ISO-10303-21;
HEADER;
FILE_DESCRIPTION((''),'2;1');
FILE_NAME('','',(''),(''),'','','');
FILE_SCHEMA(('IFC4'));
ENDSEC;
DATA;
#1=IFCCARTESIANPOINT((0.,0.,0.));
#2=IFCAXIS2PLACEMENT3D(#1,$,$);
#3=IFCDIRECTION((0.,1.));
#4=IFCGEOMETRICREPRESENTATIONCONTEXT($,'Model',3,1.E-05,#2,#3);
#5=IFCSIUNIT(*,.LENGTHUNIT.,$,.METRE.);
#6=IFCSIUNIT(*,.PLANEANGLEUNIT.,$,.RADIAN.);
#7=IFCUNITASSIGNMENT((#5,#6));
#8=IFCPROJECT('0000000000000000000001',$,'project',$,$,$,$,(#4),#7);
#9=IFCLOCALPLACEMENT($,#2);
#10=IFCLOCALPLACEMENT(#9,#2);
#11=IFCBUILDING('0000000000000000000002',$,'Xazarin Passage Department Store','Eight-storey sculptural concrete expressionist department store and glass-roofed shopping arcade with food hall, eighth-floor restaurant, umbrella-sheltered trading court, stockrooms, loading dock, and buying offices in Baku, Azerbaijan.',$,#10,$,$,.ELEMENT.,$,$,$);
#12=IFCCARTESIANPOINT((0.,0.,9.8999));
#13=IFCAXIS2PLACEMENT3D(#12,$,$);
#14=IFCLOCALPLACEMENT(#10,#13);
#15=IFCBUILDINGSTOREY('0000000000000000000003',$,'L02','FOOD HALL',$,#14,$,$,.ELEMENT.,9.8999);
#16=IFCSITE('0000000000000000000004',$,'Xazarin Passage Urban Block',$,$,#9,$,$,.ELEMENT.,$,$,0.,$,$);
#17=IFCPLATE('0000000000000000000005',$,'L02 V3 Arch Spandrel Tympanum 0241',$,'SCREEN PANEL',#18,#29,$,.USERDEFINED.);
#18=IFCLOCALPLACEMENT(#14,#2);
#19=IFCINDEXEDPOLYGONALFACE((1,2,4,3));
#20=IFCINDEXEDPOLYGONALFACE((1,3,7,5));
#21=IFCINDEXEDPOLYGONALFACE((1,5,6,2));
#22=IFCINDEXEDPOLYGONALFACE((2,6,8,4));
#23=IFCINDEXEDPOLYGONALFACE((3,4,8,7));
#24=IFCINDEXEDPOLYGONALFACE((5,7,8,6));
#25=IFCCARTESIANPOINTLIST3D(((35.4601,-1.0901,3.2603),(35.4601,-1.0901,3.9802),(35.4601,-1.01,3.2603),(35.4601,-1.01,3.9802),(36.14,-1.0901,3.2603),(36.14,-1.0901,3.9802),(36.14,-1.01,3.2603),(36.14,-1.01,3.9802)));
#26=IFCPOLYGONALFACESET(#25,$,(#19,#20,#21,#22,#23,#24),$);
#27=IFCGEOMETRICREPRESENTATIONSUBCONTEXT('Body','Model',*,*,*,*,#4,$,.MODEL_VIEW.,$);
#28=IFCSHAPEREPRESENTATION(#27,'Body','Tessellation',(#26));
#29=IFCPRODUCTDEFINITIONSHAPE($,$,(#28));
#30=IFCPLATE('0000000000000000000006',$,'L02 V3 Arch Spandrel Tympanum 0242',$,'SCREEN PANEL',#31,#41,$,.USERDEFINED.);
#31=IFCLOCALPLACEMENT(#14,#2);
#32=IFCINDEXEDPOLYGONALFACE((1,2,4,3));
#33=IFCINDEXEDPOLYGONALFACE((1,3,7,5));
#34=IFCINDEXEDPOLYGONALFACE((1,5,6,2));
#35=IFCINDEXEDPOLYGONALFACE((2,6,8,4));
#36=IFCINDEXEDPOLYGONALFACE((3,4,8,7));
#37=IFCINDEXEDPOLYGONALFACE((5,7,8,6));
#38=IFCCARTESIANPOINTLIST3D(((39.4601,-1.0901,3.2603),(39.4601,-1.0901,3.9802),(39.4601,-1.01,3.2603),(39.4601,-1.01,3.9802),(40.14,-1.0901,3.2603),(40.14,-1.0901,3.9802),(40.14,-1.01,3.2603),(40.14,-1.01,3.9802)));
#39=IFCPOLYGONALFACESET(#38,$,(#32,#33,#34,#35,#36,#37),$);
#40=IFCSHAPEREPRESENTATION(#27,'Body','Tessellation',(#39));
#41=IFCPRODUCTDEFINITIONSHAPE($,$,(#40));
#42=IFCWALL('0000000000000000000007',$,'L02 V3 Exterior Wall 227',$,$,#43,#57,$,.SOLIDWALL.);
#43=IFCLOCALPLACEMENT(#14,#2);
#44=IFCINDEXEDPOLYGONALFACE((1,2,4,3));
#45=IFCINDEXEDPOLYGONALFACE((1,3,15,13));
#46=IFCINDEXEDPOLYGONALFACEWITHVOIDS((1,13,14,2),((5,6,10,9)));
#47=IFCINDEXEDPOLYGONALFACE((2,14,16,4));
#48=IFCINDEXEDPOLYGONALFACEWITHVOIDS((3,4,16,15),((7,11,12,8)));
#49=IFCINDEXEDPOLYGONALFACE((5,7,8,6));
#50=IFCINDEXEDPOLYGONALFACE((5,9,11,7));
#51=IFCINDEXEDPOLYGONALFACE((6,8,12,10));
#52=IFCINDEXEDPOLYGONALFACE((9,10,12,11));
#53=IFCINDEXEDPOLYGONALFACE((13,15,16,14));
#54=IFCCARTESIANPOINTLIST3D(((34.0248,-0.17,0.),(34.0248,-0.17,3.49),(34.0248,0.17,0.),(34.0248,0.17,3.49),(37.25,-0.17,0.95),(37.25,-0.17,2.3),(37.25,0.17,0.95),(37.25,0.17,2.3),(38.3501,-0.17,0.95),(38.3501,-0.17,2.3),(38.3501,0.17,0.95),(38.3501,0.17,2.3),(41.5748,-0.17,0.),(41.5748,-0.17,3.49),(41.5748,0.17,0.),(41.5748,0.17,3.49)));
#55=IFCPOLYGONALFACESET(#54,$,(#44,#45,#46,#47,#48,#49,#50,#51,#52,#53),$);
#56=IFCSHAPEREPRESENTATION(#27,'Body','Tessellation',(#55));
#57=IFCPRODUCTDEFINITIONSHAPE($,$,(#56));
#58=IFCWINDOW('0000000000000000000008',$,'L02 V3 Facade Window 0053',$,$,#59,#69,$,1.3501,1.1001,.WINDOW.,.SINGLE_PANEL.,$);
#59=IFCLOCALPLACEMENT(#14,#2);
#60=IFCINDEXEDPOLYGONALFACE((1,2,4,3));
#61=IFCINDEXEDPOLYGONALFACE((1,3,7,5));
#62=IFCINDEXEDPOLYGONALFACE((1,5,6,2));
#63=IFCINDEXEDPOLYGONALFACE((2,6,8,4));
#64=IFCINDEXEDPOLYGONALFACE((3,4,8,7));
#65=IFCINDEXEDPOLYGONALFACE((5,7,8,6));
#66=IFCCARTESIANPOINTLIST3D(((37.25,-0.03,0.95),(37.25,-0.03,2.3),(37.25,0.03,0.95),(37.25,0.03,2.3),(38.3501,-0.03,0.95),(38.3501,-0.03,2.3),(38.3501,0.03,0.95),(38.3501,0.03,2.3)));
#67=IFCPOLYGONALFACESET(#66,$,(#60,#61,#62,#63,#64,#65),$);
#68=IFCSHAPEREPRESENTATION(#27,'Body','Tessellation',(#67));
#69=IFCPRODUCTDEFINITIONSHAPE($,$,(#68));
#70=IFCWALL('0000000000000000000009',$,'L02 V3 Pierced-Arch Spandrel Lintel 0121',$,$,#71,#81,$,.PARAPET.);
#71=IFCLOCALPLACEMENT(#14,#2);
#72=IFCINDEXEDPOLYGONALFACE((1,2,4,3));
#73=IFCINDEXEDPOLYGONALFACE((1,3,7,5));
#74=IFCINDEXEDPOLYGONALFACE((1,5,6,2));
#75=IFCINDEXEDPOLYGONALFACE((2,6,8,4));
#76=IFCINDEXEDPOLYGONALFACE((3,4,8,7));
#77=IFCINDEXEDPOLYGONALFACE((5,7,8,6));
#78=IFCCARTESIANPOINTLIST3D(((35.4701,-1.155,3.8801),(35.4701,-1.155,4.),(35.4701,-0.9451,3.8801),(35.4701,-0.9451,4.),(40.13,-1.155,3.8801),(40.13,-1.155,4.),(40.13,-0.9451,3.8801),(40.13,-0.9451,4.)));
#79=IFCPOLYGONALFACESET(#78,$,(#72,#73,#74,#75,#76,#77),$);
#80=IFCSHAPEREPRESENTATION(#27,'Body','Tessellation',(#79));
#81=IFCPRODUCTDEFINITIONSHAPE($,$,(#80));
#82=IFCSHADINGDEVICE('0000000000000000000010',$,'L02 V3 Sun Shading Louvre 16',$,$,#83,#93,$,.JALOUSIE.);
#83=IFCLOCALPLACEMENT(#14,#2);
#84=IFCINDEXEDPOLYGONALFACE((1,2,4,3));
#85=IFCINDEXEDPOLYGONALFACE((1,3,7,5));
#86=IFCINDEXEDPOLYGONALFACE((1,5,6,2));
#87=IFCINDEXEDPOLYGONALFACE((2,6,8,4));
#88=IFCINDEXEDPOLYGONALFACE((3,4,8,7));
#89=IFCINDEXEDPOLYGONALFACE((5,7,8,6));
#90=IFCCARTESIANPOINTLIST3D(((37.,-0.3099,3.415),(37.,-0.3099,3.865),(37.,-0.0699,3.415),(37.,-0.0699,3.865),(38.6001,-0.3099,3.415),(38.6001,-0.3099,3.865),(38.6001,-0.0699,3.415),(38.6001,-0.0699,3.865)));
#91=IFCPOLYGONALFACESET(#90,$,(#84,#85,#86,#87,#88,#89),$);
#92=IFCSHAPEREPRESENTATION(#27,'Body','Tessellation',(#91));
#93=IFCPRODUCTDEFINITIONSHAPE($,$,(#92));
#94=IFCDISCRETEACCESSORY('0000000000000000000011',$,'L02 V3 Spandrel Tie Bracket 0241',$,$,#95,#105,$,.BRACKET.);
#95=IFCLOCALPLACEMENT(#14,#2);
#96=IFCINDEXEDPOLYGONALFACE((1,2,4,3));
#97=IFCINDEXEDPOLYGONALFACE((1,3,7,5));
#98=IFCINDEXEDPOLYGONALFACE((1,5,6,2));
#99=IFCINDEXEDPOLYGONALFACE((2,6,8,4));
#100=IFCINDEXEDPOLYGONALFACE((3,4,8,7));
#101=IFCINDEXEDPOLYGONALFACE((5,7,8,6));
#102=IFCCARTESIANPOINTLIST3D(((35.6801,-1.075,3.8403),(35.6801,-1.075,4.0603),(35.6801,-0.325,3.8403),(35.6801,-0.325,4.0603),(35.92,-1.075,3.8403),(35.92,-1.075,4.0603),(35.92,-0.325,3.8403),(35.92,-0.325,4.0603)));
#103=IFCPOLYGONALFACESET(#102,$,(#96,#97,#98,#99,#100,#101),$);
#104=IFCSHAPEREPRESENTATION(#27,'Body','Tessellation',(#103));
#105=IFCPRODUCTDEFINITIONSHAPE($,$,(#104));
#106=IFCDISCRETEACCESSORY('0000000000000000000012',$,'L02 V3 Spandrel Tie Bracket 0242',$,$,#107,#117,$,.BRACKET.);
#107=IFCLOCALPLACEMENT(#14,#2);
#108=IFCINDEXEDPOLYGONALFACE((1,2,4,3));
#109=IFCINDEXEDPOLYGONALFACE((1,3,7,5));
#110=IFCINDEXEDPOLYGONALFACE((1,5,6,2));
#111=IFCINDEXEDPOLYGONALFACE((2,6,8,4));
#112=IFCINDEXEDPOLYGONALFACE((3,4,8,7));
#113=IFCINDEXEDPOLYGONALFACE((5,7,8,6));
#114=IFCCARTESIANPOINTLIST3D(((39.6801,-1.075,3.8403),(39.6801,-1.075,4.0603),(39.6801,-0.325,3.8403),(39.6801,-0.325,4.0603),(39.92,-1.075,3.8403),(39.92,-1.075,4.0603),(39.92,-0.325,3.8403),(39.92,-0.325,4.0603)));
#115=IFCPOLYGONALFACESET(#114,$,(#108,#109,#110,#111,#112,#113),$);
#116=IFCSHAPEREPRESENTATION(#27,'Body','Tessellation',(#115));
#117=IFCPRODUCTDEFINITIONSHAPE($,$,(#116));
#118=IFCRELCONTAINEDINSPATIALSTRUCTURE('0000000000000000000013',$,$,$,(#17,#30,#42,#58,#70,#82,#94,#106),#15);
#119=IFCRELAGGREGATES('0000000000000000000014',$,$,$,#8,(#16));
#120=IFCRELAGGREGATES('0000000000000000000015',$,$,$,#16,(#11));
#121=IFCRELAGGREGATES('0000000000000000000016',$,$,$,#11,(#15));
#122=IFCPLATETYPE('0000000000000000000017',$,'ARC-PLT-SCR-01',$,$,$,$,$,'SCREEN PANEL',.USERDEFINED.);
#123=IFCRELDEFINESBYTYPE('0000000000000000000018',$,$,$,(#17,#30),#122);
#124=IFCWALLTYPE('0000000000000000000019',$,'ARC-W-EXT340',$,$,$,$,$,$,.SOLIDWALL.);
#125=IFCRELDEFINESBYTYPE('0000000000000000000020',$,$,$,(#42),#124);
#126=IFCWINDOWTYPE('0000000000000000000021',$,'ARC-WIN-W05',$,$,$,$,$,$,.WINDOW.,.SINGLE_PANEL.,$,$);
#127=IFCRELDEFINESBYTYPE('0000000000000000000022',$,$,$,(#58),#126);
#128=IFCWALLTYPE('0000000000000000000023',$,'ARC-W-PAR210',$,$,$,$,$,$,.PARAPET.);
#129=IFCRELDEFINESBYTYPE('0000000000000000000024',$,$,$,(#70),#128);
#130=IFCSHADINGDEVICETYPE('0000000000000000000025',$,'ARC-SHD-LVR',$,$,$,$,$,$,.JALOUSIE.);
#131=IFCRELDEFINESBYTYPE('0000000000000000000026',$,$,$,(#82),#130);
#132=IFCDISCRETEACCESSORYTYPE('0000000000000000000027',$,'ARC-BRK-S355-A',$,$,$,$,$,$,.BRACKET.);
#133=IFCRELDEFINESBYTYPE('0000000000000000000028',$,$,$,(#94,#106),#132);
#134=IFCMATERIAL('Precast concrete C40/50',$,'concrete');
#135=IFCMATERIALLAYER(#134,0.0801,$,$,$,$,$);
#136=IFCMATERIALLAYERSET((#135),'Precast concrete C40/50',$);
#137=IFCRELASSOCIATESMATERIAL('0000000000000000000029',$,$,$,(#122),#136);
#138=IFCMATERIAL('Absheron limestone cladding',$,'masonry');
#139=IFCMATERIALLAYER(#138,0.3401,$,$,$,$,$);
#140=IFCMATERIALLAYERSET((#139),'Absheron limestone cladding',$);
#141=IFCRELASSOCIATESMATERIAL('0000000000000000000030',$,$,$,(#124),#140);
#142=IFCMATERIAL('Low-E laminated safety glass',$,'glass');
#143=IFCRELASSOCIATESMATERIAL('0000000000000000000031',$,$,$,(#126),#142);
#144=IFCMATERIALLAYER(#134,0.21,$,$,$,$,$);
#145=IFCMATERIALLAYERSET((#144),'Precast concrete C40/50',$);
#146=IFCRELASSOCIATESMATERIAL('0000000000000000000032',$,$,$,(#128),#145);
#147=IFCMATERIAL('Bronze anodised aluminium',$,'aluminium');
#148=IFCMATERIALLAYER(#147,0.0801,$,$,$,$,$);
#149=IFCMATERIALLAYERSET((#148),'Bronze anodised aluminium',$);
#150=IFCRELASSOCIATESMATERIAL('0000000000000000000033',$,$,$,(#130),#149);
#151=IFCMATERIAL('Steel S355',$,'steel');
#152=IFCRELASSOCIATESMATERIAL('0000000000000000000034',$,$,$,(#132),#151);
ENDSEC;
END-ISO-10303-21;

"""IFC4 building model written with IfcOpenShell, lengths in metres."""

from ifc_helpers import new_model, si_unit, direction, frame, frame_2d, origin, origin_2d, place, context, subcontext, project, spatial, rectangle, extrude, material, layer, layer_set, type_object, element, fill, save


model = new_model("IFC4")

# Units and contexts
model_context = context("Model", 3, precision=1e-05, world=origin(), true_north=direction((0.0, 1.0)))
body_context = subcontext(model_context, "Body", "Model", "MODEL_VIEW")
ifc_project = project(units=[si_unit("LENGTHUNIT", "METRE"), si_unit("PLANEANGLEUNIT", "RADIAN")], contexts=[model_context])

# Site, building, storey
site_placement = place(None, origin())
site = spatial("IfcSite", under=ifc_project, at=site_placement, Name="Xazarin Passage Urban Block", CompositionType="ELEMENT", RefElevation=0.0)
building_placement = place(site_placement, origin())
building = spatial("IfcBuilding", under=site, at=building_placement, Name="Xazarin Passage Department Store", Description="Eight-storey sculptural concrete expressionist department store and glass-roofed shopping arcade with food hall, eighth-floor restaurant, umbrella-sheltered trading court, stockrooms, loading dock, and buying offices in Baku, Azerbaijan.", CompositionType="ELEMENT")
storey_placement = place(building_placement, frame((0.0, 0.0, 9.8999)))
storey = spatial("IfcBuildingStorey", under=building, at=storey_placement, Name="L02", Description="FOOD HALL", CompositionType="ELEMENT", Elevation=9.8999)

# Plates
ifc_material_1 = material(Name="Precast concrete C40/50", Category="concrete")
ifc_layer_1 = layer(ifc_material_1, 0.0801)
ifc_layer_set_1 = layer_set([ifc_layer_1], Name="Precast concrete C40/50")
plate_type = type_object("IfcPlateType", Name="ARC-PLT-SCR-01", ElementType="SCREEN PANEL", PredefinedType="USERDEFINED", material=ifc_layer_set_1)
for number, where, z_axis, x_axis, name in (
    (1, (35.8, -1.05, 3.2603), (0.0, 0.0, 1.0), (1.0, 0.0, 0.0), "L02 V3 Arch Spandrel Tympanum 0241"),
    (2, (39.8, -1.05, 3.2603), (0.0, 0.0, 1.0), (1.0, 0.0, 0.0), "L02 V3 Arch Spandrel Tympanum 0242"),
):
    element("IfcPlate", number, at=place(storey_placement, frame(where, z_axis=z_axis, x_axis=x_axis)), inside=storey, type_object=plate_type, Name=name, ObjectType="SCREEN PANEL", PredefinedType="USERDEFINED", context=body_context, shape_type="SweptSolid", body=[
        extrude(rectangle(XDim=0.6799, YDim=0.0801, at=origin_2d()), origin(), (0.0, 0.0, 1.0), 0.72),
    ])

# Wall, opening, window
ifc_material_2 = material(Name="Absheron limestone cladding", Category="masonry")
ifc_layer_2 = layer(ifc_material_2, 0.3401)
ifc_layer_set_2 = layer_set([ifc_layer_2], Name="Absheron limestone cladding")
wall_type_1 = type_object("IfcWallType", Name="ARC-W-EXT340", PredefinedType="SOLIDWALL", material=ifc_layer_set_2)
wall_1_placement = place(storey_placement, frame((34.0249, 0.0, 0.0), z_axis=(0.0, 0.0, 1.0), x_axis=(1.0, 0.0, 0.0)))
wall_1 = element("IfcWall", 3, at=wall_1_placement, inside=storey, type_object=wall_type_1, Name="L02 V3 Exterior Wall 227", PredefinedType="SOLIDWALL", context=body_context, shape_type="SweptSolid", body=[
    extrude(rectangle(XDim=7.55, YDim=0.3401, at=frame_2d((3.7749, 0.0))), origin(), (0.0, 0.0, 1.0), 3.49),
])
opening_placement = place(wall_1_placement, frame((3.2251, 0.0, 0.95)))
opening = element("IfcOpeningElement", 4, at=opening_placement, cuts=wall_1, PredefinedType="OPENING", context=body_context, shape_type="SweptSolid", body=[
    extrude(rectangle(XDim=1.1001, YDim=1.3501, at=frame_2d((0.55, 0.675))), frame((0.0, 0.1799, 0.0), z_axis=(0.0, -1.0, 0.0), x_axis=(1.0, 0.0, 0.0)), (0.0, 0.0, 1.0), 0.3601),
])
ifc_material_3 = material(Name="Low-E laminated safety glass", Category="glass")
window_type = type_object("IfcWindowType", Name="ARC-WIN-W05", PartitioningType="SINGLE_PANEL", PredefinedType="WINDOW", material=ifc_material_3)
window_placement = place(opening_placement, origin())
window = element("IfcWindow", 5, at=window_placement, inside=storey, type_object=window_type, Name="L02 V3 Facade Window 0053", OverallHeight=1.3501, OverallWidth=1.1001, PartitioningType="SINGLE_PANEL", PredefinedType="WINDOW", context=body_context, shape_type="SweptSolid", body=[
    extrude(rectangle(XDim=1.1001, YDim=1.3501, at=frame_2d((0.55, 0.675))), frame((0.0, 0.03, 0.0), z_axis=(0.0, -1.0, 0.0), x_axis=(1.0, 0.0, 0.0)), (0.0, 0.0, 1.0), 0.0601),
])
fill(opening, window)

# Wall
ifc_layer_3 = layer(ifc_material_1, 0.21)
ifc_layer_set_3 = layer_set([ifc_layer_3], Name="Precast concrete C40/50")
wall_type_2 = type_object("IfcWallType", Name="ARC-W-PAR210", PredefinedType="PARAPET", material=ifc_layer_set_3)
wall_2_placement = place(storey_placement, frame((35.47, -1.05, 3.8801), z_axis=(0.0, 0.0, 1.0), x_axis=(1.0, 0.0, 0.0)))
element("IfcWall", 6, at=wall_2_placement, inside=storey, type_object=wall_type_2, Name="L02 V3 Pierced-Arch Spandrel Lintel 0121", PredefinedType="PARAPET", context=body_context, shape_type="SweptSolid", body=[
    extrude(rectangle(XDim=4.6599, YDim=0.21, at=frame_2d((2.3301, 0.0))), origin(), (0.0, 0.0, 1.0), 0.1199),
])

# Shading device
ifc_material_4 = material(Name="Bronze anodised aluminium", Category="aluminium")
ifc_layer_4 = layer(ifc_material_4, 0.0801)
ifc_layer_set_4 = layer_set([ifc_layer_4], Name="Bronze anodised aluminium")
shading_device_type = type_object("IfcShadingDeviceType", Name="ARC-SHD-LVR", PredefinedType="JALOUSIE", material=ifc_layer_set_4)
shading_device_placement = place(storey_placement, frame((37.8, -0.1899, 3.415), z_axis=(0.0, 0.0, 1.0), x_axis=(1.0, 0.0, 0.0)))
element("IfcShadingDevice", 7, at=shading_device_placement, inside=storey, type_object=shading_device_type, Name="L02 V3 Sun Shading Louvre 16", PredefinedType="JALOUSIE", context=body_context, shape_type="SweptSolid", body=[
    extrude(rectangle(XDim=1.6001, YDim=0.24, at=origin_2d()), origin(), (0.0, 0.0, 1.0), 0.45),
])

# Discrete accessories
ifc_material_5 = material(Name="Steel S355", Category="steel")
discrete_accessory_type = type_object("IfcDiscreteAccessoryType", Name="ARC-BRK-S355-A", PredefinedType="BRACKET", material=ifc_material_5)
for number, where, z_axis, x_axis, name in (
    (8, (35.8, -0.7, 3.8403), (0.0, 0.0, 1.0), (1.0, 0.0, 0.0), "L02 V3 Spandrel Tie Bracket 0241"),
    (9, (39.8, -0.7, 3.8403), (0.0, 0.0, 1.0), (1.0, 0.0, 0.0), "L02 V3 Spandrel Tie Bracket 0242"),
):
    element("IfcDiscreteAccessory", number, at=place(storey_placement, frame(where, z_axis=z_axis, x_axis=x_axis)), inside=storey, type_object=discrete_accessory_type, Name=name, PredefinedType="BRACKET", context=body_context, shape_type="SweptSolid", body=[
        extrude(rectangle(XDim=0.24, YDim=0.75, at=origin_2d()), origin(), (0.0, 0.0, 1.0), 0.22),
    ])

save(model, "model.ifc")
